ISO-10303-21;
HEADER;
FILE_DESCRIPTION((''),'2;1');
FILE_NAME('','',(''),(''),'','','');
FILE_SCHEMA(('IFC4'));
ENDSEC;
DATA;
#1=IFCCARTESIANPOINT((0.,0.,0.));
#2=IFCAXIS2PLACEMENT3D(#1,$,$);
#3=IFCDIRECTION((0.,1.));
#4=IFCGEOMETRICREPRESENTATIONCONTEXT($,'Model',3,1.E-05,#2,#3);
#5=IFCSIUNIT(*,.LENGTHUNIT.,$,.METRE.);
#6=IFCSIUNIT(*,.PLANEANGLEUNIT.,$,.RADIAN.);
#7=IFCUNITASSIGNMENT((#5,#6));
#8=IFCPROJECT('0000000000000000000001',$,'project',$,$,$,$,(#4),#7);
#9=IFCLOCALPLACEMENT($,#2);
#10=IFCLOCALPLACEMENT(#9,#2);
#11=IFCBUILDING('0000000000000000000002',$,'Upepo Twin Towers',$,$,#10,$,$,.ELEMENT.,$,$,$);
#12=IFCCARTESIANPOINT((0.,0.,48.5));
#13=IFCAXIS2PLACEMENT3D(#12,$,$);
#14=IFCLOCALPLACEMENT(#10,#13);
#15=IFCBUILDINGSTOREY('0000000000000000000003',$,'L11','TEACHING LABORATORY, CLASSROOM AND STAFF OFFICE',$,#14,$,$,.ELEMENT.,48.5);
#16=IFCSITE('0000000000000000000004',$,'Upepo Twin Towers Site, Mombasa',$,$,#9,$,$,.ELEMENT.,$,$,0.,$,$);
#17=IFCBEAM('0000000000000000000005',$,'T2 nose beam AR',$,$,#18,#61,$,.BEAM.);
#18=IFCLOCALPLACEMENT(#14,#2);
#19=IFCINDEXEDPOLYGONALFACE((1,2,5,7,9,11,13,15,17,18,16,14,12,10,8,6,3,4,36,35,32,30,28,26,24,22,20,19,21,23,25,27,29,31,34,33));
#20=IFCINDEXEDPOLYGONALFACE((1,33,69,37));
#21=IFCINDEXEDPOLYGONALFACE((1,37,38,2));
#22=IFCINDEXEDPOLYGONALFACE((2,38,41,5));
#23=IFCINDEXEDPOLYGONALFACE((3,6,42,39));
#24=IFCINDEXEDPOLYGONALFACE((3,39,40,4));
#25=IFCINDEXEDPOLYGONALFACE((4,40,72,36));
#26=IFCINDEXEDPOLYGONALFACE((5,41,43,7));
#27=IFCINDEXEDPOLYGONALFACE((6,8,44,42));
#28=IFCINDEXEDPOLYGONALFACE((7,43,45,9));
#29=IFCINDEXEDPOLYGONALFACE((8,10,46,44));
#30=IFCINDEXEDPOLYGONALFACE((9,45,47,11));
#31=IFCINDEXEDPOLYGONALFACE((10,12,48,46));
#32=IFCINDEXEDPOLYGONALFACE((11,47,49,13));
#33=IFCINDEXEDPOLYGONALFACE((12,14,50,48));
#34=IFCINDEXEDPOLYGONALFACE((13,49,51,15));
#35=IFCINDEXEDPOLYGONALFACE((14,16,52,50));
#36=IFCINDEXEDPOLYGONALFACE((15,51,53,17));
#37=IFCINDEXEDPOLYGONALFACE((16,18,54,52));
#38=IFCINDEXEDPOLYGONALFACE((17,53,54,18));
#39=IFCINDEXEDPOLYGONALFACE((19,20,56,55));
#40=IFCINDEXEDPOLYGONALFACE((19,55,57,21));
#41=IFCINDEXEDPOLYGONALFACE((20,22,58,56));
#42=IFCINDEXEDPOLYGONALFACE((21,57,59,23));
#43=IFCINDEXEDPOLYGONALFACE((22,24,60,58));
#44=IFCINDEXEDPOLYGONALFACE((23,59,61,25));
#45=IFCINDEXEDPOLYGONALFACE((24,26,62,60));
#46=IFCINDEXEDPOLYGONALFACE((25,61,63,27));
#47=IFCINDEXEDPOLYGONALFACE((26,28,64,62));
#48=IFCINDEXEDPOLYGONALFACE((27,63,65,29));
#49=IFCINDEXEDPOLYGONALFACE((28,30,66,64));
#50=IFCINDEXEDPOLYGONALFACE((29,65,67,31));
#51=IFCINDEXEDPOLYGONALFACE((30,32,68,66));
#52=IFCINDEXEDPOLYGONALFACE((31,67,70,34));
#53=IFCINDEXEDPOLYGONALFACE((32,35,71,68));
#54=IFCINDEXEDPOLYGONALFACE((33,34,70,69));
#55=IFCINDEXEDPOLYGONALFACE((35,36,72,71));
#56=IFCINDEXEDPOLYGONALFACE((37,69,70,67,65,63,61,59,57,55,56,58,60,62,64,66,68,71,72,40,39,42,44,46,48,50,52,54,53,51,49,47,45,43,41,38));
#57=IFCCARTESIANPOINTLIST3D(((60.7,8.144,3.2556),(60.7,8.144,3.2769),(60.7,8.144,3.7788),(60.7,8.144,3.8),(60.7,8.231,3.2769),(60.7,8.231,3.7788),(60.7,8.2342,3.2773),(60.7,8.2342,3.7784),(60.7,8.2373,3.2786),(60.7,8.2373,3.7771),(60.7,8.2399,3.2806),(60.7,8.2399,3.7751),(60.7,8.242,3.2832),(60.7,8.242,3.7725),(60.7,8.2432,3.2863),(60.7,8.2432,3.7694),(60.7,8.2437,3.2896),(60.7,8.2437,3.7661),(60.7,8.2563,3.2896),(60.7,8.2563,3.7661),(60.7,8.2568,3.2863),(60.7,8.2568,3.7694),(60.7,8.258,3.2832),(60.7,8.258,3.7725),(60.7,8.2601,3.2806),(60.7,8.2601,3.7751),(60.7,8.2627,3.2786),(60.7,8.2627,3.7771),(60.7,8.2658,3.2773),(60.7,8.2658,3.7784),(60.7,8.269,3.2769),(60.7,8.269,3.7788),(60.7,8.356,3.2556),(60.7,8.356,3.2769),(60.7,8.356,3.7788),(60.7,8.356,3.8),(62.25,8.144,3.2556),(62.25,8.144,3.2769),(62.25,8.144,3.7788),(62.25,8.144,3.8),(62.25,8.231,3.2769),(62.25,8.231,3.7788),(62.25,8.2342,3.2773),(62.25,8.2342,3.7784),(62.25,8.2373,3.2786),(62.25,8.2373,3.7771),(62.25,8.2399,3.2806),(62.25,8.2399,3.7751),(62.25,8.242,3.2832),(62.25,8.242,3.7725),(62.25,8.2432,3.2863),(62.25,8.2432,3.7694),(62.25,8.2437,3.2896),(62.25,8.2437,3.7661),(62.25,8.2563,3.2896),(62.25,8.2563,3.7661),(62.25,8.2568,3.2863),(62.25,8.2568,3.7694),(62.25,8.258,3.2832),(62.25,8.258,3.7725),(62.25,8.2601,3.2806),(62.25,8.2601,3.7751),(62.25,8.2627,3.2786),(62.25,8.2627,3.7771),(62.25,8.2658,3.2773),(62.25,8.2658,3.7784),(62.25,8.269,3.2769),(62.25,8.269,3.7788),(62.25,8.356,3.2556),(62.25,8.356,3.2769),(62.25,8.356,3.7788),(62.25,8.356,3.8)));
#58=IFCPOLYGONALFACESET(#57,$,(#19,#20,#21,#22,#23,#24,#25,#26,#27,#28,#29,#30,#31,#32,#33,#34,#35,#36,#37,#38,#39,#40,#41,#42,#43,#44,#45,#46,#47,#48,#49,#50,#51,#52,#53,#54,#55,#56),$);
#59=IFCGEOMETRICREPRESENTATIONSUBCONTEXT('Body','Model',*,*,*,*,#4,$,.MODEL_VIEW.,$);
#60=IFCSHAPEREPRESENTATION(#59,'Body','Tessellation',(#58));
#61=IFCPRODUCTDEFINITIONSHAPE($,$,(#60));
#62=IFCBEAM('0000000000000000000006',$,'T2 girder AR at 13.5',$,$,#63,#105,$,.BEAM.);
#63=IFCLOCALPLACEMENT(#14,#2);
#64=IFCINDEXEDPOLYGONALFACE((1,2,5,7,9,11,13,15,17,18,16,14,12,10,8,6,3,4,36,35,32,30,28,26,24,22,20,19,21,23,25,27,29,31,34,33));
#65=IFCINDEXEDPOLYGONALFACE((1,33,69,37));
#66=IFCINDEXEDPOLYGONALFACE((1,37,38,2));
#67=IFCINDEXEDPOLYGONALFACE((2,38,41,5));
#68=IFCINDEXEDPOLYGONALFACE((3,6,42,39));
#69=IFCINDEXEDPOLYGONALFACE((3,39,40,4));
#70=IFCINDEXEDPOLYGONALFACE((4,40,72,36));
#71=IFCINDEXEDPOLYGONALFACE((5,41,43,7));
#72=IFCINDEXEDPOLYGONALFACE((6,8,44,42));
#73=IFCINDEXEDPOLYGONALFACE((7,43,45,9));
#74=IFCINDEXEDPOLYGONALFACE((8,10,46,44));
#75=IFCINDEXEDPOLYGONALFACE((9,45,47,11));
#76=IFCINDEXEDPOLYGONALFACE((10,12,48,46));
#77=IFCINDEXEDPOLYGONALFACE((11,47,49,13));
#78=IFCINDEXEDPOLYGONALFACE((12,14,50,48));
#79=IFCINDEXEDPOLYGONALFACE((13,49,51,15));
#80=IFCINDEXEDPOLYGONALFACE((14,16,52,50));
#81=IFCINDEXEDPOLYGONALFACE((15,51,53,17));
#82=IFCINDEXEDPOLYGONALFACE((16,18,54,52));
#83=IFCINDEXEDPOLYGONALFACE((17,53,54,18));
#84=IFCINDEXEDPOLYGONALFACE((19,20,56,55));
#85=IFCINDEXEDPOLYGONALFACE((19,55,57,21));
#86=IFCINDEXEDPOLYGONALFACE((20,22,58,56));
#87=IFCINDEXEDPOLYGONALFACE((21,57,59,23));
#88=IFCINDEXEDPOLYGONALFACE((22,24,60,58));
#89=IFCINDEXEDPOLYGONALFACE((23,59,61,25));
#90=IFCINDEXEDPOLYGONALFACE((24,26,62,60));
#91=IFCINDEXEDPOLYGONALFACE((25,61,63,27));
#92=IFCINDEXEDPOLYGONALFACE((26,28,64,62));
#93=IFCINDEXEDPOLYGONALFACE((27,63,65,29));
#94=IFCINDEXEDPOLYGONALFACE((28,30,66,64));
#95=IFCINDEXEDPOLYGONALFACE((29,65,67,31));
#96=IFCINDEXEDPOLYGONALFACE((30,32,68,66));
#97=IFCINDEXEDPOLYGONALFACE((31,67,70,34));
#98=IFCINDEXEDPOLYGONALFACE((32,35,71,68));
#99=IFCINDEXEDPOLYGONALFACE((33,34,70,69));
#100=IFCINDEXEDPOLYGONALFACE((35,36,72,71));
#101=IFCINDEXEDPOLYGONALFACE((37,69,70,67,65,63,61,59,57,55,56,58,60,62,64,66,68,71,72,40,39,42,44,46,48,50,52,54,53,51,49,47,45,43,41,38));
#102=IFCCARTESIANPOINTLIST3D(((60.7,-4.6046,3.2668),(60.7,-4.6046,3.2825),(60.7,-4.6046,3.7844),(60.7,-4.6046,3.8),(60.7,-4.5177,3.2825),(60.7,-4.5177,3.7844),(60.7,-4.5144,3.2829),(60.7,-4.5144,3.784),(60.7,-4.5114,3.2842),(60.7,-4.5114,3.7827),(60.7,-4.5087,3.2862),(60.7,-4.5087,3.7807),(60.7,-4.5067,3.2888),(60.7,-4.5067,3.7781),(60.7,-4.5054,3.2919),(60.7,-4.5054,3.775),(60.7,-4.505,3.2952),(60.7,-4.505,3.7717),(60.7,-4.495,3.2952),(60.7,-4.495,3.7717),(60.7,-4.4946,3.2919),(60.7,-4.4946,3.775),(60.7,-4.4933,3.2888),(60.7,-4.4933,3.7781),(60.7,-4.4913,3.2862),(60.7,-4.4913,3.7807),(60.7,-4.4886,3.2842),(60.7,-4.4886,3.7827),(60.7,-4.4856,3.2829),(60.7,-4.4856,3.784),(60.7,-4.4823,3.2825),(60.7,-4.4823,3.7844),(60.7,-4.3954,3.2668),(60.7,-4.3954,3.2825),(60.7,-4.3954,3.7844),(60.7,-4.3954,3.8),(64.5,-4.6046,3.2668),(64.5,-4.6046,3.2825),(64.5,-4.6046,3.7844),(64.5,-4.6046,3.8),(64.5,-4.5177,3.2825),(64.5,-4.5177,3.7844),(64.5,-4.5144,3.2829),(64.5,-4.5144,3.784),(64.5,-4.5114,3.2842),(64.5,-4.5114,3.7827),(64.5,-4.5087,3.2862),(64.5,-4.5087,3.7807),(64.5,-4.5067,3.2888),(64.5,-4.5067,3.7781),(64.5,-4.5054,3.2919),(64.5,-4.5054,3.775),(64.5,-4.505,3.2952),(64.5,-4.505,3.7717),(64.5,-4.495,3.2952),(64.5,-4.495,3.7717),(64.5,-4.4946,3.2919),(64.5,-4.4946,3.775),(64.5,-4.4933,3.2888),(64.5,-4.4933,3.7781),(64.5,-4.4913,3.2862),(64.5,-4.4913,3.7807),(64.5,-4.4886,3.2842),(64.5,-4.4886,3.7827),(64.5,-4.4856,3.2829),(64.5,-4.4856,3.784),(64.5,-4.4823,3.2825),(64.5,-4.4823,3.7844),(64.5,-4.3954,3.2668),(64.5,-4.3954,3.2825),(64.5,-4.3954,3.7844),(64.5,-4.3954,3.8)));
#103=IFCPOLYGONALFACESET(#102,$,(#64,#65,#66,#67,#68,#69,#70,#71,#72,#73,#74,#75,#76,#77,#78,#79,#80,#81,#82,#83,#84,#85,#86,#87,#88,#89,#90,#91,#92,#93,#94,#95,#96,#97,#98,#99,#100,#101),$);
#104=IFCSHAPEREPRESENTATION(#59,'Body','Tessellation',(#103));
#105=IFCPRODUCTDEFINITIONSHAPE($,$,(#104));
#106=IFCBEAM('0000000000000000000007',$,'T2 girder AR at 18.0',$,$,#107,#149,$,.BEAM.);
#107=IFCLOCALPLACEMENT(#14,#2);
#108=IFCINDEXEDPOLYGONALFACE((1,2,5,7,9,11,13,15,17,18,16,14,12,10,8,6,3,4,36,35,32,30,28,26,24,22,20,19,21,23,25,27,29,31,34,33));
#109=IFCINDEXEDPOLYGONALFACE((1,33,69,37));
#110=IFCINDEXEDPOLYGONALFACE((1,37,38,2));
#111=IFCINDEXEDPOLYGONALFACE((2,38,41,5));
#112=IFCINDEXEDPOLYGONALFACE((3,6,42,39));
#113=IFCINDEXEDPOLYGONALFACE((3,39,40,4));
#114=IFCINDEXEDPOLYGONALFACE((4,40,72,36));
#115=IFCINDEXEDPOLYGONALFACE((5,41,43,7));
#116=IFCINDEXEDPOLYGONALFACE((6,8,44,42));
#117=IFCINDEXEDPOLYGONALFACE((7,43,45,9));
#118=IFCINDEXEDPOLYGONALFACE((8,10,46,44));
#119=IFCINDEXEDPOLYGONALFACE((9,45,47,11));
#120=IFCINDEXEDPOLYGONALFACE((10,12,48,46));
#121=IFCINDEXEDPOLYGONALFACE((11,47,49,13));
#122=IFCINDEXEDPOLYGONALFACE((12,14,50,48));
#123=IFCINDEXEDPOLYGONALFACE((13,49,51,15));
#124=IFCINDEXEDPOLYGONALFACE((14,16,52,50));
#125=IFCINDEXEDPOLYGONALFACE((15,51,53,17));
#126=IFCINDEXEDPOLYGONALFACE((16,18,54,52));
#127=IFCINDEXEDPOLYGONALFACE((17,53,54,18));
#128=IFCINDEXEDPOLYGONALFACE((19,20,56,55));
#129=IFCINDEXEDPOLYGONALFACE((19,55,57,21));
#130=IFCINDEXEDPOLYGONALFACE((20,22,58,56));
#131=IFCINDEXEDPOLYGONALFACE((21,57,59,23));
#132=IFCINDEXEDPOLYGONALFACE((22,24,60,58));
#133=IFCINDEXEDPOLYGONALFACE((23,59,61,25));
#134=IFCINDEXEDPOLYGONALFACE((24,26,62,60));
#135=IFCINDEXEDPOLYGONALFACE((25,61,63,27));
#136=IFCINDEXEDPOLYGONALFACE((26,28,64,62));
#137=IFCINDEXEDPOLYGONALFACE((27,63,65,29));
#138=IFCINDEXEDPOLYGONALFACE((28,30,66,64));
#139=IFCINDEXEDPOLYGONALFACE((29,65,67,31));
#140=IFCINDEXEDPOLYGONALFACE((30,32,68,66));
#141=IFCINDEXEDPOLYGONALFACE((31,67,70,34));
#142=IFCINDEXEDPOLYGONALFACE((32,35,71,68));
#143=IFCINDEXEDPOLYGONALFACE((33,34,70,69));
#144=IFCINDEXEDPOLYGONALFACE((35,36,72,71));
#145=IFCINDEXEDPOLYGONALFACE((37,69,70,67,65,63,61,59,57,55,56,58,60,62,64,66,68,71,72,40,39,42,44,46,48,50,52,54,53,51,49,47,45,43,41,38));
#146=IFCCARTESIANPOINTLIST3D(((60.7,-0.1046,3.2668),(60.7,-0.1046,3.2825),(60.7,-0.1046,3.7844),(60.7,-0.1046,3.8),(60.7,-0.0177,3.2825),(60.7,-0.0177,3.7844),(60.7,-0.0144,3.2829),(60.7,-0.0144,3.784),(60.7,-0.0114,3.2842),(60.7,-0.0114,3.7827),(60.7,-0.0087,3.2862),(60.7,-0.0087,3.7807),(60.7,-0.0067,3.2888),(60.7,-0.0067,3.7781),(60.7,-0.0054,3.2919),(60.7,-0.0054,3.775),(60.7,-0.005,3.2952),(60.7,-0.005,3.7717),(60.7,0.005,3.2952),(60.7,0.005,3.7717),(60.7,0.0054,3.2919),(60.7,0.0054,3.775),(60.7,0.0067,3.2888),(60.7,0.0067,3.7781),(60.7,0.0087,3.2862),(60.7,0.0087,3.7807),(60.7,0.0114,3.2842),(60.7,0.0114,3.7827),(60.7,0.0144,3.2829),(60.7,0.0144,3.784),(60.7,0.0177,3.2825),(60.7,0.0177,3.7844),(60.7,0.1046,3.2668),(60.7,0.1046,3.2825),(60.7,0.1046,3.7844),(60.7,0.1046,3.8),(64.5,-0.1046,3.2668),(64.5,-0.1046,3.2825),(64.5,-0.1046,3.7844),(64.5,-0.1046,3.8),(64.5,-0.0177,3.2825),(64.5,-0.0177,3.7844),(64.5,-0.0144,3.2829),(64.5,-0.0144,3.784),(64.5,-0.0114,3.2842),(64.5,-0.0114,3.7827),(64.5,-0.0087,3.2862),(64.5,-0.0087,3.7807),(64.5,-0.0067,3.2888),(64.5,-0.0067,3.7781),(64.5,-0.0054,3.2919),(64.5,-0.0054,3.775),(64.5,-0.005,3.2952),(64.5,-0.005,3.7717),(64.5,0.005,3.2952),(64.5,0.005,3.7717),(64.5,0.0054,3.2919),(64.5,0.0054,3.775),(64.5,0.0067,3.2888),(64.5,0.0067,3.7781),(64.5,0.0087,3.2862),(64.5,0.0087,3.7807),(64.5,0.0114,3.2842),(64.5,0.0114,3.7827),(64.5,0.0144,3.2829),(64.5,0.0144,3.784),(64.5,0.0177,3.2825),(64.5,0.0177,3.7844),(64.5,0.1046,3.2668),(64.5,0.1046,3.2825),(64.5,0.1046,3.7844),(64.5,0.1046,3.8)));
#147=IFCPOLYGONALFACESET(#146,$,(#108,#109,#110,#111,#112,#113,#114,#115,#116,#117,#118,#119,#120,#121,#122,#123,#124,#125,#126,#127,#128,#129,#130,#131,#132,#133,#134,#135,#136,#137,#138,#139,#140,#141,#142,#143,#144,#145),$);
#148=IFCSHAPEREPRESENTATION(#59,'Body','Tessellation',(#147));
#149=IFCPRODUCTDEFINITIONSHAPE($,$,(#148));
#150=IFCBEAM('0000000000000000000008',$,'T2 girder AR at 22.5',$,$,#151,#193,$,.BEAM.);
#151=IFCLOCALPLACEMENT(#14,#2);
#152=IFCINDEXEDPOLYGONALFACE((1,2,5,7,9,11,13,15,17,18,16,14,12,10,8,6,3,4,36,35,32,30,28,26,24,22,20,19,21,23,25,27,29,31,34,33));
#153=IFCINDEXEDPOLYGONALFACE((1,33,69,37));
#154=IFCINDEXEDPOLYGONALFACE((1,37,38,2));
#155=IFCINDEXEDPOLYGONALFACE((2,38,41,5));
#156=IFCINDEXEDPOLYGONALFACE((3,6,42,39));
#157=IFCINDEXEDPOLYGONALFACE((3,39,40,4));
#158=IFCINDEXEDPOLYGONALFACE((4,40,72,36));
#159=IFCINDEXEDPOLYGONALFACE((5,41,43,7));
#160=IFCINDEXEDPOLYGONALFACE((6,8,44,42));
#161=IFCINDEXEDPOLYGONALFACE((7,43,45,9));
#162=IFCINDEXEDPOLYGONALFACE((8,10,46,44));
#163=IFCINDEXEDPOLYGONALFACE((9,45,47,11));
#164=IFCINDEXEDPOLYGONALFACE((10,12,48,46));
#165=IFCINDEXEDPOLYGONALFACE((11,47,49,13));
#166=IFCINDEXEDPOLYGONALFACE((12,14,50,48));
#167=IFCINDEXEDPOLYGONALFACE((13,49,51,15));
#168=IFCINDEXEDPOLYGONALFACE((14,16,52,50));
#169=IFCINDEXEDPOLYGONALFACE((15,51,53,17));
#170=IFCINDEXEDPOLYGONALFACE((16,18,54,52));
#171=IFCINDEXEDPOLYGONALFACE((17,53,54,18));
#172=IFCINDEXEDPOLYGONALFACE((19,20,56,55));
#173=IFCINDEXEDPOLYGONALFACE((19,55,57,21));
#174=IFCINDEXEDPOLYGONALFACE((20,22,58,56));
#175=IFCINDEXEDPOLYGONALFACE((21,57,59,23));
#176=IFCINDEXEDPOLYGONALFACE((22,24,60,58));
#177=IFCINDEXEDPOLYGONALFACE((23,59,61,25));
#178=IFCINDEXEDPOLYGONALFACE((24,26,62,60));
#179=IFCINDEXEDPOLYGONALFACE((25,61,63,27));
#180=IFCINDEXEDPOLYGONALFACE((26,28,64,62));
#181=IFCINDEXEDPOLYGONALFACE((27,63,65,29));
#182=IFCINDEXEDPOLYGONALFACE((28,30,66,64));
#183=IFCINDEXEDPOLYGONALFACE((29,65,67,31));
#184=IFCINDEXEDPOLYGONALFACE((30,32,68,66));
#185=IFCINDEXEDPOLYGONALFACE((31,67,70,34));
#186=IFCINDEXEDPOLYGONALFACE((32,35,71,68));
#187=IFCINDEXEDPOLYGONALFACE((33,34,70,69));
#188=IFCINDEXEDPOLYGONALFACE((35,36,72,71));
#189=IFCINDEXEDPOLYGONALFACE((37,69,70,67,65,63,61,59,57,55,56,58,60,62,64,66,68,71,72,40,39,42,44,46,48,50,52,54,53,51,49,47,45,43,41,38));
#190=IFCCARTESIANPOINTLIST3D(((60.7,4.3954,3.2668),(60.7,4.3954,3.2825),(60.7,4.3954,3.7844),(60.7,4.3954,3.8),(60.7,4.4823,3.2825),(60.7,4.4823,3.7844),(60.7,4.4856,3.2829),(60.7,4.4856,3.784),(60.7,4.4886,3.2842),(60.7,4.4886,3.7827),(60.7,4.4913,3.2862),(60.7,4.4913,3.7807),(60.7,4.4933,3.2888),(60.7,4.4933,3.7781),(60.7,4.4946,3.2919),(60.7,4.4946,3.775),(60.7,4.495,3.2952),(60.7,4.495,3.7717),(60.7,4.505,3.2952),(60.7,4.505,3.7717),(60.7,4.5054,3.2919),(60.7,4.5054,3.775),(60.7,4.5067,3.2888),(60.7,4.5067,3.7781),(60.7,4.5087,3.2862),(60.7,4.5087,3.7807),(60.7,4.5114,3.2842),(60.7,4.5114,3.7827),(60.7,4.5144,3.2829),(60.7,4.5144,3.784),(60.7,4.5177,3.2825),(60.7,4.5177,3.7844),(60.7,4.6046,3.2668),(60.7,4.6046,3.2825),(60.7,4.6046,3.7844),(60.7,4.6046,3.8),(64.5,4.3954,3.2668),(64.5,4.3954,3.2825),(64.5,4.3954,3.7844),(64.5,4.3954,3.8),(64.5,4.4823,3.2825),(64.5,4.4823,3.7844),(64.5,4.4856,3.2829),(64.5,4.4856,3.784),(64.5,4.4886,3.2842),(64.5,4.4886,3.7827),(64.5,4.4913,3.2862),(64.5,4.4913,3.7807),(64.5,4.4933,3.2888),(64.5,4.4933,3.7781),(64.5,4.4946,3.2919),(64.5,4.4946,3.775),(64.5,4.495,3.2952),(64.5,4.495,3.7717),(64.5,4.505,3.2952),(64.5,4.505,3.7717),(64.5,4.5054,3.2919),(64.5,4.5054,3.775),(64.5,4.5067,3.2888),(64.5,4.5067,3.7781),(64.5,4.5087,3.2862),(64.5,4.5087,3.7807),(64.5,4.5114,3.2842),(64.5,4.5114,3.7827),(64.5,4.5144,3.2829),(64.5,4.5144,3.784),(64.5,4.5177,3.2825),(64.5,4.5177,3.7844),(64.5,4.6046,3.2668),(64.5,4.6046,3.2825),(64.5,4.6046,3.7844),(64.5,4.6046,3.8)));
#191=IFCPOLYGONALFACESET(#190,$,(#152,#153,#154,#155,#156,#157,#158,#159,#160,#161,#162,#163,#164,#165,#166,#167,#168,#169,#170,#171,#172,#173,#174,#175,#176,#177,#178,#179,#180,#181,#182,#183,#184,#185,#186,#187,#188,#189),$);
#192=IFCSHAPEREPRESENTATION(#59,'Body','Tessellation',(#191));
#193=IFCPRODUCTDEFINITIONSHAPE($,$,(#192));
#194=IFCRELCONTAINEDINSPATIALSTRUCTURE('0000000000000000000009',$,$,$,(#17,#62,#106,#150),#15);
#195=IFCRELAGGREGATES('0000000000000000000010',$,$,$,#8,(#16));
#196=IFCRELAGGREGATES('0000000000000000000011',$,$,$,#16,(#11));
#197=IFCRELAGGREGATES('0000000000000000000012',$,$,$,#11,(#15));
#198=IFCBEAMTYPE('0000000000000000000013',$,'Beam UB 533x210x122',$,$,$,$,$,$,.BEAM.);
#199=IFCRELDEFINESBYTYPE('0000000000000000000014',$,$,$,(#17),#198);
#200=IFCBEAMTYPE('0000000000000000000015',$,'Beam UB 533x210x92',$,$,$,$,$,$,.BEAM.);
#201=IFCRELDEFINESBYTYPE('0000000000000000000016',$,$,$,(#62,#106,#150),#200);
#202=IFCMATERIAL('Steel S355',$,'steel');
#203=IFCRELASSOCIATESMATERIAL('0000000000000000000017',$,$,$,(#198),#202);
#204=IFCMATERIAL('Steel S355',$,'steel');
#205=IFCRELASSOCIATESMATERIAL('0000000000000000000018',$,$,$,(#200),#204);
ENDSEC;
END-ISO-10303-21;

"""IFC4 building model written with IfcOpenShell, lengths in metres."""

from ifc_helpers import new_model, si_unit, direction, frame, origin, origin_2d, place, context, subcontext, project, spatial, i_section, extrude, material, material_profile, profile_set, type_object, element, save


model = new_model("IFC4")

# Units and contexts
model_context = context("Model", 3, precision=1e-05, world=origin(), true_north=direction((0.0, 1.0)))
body_context = subcontext(model_context, "Body", "Model", "MODEL_VIEW")
ifc_project = project(units=[si_unit("LENGTHUNIT", "METRE"), si_unit("PLANEANGLEUNIT", "RADIAN")], contexts=[model_context])

# Site, building, storey
site_placement = place(None, origin())
site = spatial("IfcSite", under=ifc_project, at=site_placement, Name="Upepo Twin Towers Site, Mombasa", CompositionType="ELEMENT", RefElevation=0.0)
building_placement = place(site_placement, origin())
building = spatial("IfcBuilding", under=site, at=building_placement, Name="Upepo Twin Towers", CompositionType="ELEMENT")
storey_placement = place(building_placement, frame((0.0, 0.0, 48.5)))
storey = spatial("IfcBuildingStorey", under=building, at=storey_placement, Name="L11", Description="TEACHING LABORATORY, CLASSROOM AND STAFF OFFICE", CompositionType="ELEMENT", Elevation=48.5)

# Beams
ifc_material_1 = material(Name="Steel S355", Category="steel")
ifc_material_profile_1 = material_profile(ifc_material_1, i_section(OverallWidth=0.2119, OverallDepth=0.5444, WebThickness=0.0127, FlangeThickness=0.0212, FilletRadius=0.0127, at=origin_2d()), Name="UB 533x210x122")
ifc_profile_set_1 = profile_set([ifc_material_profile_1], Name="Steel S355")
beam_type_1 = type_object("IfcBeamType", Name="Beam UB 533x210x122", PredefinedType="BEAM", material=ifc_profile_set_1)
beam_1_placement = place(storey_placement, frame((62.25, 8.25, 3.5278), z_axis=(-1.0, 0.0, 0.0), x_axis=(0.0, -1.0, 0.0)))
element("IfcBeam", 1, at=beam_1_placement, inside=storey, type_object=beam_type_1, Name="T2 nose beam AR", PredefinedType="BEAM", context=body_context, shape_type="SweptSolid", body=[
    extrude(i_section(OverallWidth=0.2119, OverallDepth=0.5444, WebThickness=0.0127, FlangeThickness=0.0212, FilletRadius=0.0127, at=origin_2d()), origin(), (0.0, 0.0, 1.0), 1.55),
])
ifc_material_2 = material(Name="Steel S355", Category="steel")
ifc_material_profile_2 = material_profile(ifc_material_2, i_section(OverallWidth=0.2092, OverallDepth=0.5332, WebThickness=0.01, FlangeThickness=0.0156, FilletRadius=0.0127, at=origin_2d()), Name="UB 533x210x92")
ifc_profile_set_2 = profile_set([ifc_material_profile_2], Name="Steel S355")
beam_type_2 = type_object("IfcBeamType", Name="Beam UB 533x210x92", PredefinedType="BEAM", material=ifc_profile_set_2)
for number, where, z_axis, x_axis, name in (
    (2, (64.5, -4.5, 3.5334), (-1.0, 0.0, 0.0), (0.0, -1.0, 0.0), "T2 girder AR at 13.5"),
    (3, (64.5, 0.0, 3.5334), (-1.0, 0.0, 0.0), (0.0, -1.0, 0.0), "T2 girder AR at 18.0"),
    (4, (64.5, 4.5, 3.5334), (-1.0, 0.0, 0.0), (0.0, -1.0, 0.0), "T2 girder AR at 22.5"),
):
    element("IfcBeam", number, at=place(storey_placement, frame(where, z_axis=z_axis, x_axis=x_axis)), inside=storey, type_object=beam_type_2, Name=name, PredefinedType="BEAM", context=body_context, shape_type="SweptSolid", body=[
        extrude(i_section(OverallWidth=0.2092, OverallDepth=0.5332, WebThickness=0.01, FlangeThickness=0.0156, FilletRadius=0.0127, at=origin_2d()), origin(), (0.0, 0.0, 1.0), 3.8),
    ])

save(model, "model.ifc")
